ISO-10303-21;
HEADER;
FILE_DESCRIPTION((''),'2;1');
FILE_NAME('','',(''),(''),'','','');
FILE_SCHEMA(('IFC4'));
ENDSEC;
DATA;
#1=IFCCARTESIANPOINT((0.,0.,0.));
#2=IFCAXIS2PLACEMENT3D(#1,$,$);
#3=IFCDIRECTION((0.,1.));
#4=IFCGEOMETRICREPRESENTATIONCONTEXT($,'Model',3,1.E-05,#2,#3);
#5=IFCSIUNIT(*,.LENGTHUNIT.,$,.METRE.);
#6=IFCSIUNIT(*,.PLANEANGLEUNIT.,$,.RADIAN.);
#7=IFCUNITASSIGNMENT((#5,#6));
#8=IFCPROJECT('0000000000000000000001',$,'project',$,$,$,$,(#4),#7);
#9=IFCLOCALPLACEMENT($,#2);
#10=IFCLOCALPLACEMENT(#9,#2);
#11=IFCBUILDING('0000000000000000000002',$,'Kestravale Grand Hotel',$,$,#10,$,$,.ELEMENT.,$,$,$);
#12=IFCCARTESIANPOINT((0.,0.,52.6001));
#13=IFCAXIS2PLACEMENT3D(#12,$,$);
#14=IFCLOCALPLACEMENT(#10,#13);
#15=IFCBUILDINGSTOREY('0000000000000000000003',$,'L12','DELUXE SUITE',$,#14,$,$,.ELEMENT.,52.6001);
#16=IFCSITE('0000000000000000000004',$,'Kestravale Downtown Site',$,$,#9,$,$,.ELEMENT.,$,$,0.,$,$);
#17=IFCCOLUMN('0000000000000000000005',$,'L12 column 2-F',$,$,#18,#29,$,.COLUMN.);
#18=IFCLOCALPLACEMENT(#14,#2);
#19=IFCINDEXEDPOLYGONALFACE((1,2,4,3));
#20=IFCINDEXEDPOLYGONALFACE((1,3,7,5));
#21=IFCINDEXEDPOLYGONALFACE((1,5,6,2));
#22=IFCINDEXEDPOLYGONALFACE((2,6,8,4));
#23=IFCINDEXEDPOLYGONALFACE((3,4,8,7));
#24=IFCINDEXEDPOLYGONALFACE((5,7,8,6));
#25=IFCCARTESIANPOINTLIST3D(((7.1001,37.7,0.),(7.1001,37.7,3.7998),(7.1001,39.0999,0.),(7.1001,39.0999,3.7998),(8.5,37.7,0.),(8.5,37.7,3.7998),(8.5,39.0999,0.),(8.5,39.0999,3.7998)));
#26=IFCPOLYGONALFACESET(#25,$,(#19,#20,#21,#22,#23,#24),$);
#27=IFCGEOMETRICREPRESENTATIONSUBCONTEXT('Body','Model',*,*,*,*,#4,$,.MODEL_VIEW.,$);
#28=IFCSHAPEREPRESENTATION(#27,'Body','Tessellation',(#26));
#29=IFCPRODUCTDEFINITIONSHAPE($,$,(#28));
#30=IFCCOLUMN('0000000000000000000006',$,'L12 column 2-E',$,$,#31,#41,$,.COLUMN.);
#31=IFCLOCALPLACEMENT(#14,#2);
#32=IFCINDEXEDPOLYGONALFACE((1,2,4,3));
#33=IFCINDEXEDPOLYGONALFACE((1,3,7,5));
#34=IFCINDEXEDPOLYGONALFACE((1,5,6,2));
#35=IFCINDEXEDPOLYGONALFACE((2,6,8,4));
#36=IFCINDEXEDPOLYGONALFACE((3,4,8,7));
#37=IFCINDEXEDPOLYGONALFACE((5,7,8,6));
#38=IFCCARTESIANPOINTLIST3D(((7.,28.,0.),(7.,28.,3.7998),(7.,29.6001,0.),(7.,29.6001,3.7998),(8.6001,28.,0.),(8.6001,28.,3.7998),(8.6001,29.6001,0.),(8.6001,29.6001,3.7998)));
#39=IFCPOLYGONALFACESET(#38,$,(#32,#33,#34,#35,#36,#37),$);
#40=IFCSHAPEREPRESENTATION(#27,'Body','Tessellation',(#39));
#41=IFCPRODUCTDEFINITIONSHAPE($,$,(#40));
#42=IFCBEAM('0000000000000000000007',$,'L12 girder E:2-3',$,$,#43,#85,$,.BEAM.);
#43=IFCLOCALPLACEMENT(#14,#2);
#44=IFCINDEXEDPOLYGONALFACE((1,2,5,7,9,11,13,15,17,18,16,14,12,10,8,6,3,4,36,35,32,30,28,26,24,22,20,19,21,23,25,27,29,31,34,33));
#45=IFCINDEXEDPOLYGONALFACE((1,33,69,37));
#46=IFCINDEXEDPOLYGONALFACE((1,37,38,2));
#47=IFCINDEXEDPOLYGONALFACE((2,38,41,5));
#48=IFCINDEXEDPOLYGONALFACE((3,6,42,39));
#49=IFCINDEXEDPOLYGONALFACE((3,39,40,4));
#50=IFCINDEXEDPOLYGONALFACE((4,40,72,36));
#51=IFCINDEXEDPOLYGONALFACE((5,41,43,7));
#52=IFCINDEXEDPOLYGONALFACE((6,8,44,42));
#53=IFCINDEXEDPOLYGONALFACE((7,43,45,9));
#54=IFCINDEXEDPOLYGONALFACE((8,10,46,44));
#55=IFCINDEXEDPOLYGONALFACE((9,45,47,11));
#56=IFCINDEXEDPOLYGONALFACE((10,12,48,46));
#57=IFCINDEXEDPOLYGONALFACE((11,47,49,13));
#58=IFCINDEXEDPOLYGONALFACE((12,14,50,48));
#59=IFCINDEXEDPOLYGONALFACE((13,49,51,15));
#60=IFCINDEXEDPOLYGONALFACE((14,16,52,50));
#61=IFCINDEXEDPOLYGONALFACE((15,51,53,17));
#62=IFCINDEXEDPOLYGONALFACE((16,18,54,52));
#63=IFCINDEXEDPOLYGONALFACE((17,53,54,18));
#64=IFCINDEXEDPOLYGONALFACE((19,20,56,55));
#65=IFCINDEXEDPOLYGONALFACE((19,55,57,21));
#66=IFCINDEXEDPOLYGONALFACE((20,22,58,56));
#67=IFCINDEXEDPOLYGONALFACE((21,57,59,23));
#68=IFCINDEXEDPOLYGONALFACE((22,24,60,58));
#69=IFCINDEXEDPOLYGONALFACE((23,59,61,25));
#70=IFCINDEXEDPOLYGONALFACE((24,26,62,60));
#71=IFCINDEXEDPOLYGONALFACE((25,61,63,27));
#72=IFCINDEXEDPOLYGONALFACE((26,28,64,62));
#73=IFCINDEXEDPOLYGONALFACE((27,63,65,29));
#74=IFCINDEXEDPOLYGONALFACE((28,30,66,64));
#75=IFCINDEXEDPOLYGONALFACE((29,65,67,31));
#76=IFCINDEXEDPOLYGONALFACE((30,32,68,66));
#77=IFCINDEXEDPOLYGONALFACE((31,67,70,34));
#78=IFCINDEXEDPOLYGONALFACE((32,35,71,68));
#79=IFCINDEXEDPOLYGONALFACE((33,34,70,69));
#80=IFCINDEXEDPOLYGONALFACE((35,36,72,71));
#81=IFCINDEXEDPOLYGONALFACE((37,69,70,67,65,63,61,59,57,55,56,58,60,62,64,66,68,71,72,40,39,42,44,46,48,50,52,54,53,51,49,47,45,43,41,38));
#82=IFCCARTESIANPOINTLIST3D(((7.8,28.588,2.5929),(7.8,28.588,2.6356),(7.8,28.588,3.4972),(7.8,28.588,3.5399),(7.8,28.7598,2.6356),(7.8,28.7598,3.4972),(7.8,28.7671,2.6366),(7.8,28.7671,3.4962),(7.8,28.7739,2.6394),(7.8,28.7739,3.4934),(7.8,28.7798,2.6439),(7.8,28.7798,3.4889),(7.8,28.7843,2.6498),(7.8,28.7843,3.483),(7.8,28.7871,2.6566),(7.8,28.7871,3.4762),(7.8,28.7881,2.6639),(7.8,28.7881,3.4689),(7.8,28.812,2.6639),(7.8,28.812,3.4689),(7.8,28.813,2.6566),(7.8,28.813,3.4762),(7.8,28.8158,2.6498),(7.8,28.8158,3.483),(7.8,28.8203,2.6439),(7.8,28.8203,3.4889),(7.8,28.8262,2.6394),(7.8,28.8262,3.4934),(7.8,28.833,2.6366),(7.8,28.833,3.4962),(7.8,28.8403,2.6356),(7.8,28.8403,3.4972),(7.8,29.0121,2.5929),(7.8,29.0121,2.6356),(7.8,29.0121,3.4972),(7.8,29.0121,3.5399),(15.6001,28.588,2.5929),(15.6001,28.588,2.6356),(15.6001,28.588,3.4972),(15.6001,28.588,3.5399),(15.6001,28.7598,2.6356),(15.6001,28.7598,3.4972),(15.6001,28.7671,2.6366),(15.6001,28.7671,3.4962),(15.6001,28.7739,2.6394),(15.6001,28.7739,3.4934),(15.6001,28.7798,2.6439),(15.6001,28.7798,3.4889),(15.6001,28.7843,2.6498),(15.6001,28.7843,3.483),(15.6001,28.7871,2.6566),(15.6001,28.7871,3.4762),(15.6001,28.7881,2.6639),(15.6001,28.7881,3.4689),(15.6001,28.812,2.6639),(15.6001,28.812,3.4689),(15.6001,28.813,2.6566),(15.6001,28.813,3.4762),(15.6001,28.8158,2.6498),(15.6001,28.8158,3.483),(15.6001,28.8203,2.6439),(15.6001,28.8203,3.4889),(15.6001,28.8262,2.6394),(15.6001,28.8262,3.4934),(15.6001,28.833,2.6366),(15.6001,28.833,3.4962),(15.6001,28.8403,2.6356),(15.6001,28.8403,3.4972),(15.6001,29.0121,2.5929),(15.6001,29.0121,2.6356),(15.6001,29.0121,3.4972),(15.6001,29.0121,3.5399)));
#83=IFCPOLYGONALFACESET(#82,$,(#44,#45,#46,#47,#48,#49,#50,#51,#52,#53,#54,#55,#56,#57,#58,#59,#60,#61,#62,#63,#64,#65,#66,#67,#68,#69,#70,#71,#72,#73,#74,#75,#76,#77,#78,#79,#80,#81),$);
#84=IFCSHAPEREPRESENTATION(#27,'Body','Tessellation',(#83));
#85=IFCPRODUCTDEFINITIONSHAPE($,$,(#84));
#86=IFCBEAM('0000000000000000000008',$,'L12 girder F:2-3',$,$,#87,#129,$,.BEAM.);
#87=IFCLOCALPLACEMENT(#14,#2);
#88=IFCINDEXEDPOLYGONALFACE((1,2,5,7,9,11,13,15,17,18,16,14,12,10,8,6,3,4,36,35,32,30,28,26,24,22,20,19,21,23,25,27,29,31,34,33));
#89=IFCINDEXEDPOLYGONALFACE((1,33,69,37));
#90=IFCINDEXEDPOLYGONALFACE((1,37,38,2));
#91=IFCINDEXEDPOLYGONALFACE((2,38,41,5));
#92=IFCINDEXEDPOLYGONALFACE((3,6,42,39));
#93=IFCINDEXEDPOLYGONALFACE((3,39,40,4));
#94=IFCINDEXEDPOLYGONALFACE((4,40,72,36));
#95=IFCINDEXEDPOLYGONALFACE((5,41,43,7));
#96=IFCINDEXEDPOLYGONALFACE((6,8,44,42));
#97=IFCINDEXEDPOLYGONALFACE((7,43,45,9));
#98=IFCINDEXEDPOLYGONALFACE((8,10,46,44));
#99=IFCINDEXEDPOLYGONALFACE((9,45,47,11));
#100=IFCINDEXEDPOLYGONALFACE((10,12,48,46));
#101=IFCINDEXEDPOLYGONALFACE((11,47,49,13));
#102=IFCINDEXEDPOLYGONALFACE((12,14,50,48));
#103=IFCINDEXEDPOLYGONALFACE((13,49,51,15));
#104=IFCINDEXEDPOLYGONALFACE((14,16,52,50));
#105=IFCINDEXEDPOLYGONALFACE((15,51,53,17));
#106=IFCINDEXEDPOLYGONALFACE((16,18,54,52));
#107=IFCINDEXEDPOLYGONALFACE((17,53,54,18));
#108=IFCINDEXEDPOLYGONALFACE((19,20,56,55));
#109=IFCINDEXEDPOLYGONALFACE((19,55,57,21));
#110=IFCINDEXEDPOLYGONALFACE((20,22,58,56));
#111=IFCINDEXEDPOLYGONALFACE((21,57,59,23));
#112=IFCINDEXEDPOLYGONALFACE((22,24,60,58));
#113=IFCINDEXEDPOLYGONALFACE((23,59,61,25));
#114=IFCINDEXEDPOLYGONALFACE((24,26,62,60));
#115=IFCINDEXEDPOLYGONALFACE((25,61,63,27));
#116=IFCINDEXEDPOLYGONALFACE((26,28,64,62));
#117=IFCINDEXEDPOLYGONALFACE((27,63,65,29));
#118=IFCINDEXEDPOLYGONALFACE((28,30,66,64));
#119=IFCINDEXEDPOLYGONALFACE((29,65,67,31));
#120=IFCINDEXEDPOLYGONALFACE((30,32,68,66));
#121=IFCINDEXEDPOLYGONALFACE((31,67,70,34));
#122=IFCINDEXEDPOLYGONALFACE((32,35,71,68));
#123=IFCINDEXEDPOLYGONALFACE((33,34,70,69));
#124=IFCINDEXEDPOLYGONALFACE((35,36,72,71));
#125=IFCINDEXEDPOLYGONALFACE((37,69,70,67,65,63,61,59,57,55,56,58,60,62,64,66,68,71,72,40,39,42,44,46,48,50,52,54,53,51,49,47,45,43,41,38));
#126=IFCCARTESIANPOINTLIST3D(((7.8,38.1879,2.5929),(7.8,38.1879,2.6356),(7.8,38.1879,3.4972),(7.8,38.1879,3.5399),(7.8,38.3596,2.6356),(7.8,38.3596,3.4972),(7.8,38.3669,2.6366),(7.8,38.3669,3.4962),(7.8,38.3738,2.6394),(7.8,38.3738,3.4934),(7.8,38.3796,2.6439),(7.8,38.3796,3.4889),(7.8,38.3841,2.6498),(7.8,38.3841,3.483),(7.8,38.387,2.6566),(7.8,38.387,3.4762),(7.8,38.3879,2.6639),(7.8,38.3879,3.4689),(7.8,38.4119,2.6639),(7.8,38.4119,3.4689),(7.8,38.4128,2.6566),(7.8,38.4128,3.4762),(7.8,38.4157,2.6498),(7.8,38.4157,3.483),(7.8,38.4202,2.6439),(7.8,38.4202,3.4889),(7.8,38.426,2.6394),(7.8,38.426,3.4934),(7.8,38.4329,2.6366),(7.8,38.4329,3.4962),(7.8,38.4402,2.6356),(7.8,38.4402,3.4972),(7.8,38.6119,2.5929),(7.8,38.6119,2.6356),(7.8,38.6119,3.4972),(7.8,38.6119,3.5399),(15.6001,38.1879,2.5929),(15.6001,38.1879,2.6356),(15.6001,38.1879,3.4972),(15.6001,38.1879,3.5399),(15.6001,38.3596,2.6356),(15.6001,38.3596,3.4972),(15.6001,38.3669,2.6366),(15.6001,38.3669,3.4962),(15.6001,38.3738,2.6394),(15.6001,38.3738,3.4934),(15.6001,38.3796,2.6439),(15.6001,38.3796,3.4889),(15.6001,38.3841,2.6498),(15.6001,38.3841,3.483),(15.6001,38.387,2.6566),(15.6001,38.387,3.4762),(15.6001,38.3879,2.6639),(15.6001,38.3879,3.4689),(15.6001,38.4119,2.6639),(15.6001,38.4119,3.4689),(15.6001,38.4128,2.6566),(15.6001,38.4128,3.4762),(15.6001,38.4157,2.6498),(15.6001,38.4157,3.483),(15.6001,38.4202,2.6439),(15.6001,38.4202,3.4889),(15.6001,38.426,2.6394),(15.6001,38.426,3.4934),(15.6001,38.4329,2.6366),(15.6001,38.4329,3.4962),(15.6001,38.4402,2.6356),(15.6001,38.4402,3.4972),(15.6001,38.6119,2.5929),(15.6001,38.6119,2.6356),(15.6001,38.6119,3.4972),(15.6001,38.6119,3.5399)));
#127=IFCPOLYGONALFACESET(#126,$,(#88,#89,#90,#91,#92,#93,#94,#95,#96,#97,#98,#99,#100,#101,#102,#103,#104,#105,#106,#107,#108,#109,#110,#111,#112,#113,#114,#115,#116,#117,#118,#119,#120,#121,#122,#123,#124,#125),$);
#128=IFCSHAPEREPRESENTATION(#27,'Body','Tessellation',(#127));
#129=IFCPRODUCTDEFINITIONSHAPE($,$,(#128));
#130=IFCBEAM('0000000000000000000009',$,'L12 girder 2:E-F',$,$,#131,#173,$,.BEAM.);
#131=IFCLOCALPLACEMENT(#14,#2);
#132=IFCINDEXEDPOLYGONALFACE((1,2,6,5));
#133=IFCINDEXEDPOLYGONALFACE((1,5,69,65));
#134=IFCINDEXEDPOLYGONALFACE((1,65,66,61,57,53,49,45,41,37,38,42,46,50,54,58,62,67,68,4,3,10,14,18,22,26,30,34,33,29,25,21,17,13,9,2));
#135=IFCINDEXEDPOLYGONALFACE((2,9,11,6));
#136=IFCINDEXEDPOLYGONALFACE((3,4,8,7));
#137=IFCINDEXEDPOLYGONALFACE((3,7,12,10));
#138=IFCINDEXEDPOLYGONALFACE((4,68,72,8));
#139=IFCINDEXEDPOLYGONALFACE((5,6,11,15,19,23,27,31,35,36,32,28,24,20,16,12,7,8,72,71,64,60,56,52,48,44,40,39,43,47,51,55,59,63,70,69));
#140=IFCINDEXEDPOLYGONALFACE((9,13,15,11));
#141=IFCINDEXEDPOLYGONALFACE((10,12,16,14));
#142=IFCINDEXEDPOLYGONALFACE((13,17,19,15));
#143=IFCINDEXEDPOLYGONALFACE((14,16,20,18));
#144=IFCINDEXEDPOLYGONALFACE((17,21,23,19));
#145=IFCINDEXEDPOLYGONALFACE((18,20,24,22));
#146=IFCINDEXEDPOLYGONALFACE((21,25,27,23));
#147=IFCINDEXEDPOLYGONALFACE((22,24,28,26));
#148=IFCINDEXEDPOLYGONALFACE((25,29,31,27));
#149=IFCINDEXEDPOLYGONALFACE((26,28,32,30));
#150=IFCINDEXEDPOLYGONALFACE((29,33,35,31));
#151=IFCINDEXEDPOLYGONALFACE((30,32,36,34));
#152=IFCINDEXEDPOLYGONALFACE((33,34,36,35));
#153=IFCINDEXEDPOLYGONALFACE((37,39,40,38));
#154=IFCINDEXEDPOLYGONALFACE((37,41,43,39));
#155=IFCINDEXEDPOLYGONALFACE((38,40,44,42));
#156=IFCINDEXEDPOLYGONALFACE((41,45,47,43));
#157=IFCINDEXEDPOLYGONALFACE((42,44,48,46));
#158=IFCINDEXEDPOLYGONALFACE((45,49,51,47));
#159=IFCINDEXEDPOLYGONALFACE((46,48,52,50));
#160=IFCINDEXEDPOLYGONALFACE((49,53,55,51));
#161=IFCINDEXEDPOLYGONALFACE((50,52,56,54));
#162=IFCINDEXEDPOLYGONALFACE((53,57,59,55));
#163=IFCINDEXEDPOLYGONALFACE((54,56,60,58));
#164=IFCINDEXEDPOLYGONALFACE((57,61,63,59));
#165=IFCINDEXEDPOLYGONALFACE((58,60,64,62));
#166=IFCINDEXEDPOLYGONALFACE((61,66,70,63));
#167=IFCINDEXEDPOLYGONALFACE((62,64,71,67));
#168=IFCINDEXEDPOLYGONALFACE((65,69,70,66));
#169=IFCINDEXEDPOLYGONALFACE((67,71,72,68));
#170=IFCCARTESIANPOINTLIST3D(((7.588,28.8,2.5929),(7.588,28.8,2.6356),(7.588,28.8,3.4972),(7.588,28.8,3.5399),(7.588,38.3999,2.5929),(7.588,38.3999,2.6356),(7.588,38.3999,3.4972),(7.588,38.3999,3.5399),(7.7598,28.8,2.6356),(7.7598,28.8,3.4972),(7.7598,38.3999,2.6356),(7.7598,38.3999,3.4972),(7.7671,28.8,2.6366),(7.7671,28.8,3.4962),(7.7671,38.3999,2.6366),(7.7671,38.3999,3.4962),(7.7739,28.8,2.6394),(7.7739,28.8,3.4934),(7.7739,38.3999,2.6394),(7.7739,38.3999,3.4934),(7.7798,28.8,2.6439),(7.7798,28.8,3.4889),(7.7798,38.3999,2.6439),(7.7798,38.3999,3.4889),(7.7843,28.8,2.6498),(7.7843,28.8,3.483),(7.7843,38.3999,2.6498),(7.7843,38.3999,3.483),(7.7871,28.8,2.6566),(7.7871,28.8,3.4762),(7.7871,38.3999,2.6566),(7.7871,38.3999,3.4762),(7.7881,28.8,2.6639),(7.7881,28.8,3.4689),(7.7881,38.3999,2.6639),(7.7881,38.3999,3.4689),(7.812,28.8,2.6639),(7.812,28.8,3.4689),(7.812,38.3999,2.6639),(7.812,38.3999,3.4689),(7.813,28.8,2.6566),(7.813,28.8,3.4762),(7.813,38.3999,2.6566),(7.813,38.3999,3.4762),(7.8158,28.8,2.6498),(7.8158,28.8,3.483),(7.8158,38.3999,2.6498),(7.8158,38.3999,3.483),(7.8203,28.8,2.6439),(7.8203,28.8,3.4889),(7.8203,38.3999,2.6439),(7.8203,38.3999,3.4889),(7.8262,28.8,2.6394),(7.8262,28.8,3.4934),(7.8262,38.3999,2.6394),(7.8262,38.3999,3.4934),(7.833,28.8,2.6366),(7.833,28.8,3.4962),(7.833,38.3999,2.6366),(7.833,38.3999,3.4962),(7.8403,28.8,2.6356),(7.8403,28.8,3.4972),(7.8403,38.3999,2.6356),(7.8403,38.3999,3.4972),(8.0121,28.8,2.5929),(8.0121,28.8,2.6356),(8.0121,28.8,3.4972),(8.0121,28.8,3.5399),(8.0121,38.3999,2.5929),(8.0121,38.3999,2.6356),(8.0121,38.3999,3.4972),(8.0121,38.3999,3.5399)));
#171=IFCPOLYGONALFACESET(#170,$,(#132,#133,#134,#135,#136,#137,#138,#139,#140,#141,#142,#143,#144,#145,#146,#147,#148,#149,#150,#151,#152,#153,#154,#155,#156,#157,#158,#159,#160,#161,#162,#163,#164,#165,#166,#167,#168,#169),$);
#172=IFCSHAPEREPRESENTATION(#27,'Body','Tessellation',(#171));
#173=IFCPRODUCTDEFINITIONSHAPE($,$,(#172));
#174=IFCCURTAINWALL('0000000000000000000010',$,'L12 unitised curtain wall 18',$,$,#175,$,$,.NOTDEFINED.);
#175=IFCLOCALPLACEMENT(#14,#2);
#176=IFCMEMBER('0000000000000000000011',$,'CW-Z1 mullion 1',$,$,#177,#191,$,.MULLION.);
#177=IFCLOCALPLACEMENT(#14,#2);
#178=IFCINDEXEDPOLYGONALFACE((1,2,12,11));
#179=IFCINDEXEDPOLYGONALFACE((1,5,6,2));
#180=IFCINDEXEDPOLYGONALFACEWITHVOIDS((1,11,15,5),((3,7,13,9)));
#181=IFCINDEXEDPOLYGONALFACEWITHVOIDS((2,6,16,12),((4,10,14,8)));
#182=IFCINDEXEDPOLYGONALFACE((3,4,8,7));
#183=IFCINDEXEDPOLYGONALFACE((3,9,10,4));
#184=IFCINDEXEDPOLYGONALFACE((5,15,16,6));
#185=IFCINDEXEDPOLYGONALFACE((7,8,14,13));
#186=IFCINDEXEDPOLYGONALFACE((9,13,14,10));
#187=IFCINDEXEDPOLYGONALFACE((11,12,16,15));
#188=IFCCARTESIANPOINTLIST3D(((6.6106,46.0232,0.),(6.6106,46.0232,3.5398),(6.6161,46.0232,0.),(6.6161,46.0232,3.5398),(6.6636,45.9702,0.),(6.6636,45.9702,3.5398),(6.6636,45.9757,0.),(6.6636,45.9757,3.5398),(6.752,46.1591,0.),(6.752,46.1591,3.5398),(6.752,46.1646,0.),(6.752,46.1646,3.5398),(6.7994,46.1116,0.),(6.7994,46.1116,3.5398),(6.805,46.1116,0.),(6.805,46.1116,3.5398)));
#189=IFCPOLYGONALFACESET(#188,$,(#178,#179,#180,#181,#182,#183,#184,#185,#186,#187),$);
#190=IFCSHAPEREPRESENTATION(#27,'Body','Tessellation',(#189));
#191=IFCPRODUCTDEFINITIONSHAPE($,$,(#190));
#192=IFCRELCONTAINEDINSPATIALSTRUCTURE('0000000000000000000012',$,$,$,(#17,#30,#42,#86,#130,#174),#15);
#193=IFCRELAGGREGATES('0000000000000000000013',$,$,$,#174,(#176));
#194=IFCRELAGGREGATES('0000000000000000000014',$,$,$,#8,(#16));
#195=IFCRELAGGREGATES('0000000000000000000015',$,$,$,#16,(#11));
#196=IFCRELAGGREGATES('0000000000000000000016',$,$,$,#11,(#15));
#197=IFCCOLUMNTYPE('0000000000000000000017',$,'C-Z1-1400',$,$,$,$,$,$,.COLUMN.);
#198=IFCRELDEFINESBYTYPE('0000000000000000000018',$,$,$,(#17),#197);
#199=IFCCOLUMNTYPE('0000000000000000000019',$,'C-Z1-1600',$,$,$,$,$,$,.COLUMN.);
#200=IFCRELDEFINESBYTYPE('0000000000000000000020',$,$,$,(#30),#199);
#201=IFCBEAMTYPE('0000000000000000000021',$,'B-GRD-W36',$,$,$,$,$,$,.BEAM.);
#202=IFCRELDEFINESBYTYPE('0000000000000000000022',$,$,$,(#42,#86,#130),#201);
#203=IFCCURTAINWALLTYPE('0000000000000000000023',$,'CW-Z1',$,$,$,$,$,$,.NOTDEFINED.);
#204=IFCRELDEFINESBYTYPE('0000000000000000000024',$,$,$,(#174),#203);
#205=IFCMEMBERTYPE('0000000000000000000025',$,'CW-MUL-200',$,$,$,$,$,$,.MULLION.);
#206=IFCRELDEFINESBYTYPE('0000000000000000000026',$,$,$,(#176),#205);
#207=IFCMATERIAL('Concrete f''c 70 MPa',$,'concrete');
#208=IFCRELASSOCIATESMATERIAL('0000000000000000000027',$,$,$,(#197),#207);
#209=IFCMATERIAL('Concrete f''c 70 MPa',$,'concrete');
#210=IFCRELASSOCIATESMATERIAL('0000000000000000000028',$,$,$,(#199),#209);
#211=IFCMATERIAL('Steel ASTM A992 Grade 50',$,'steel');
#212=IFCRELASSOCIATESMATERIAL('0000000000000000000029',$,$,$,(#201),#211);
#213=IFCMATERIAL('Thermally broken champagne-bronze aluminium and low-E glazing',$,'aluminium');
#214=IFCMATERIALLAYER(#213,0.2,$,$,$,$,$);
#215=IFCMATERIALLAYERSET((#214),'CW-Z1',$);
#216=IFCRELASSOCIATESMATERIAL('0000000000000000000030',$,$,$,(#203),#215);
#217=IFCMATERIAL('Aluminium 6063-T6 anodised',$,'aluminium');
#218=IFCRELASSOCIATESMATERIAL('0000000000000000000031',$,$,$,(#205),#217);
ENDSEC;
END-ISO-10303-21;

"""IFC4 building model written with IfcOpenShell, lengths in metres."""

from ifc_helpers import new_model, si_unit, direction, frame, origin, origin_2d, place, context, subcontext, project, spatial, rectangle, hollow_rectangle, i_section, extrude, material, layer, layer_set, material_profile, profile_set, type_object, element, aggregate, save


model = new_model("IFC4")

# Units and contexts
model_context = context("Model", 3, precision=1e-05, world=origin(), true_north=direction((0.0, 1.0)))
body_context = subcontext(model_context, "Body", "Model", "MODEL_VIEW")
ifc_project = project(units=[si_unit("LENGTHUNIT", "METRE"), si_unit("PLANEANGLEUNIT", "RADIAN")], contexts=[model_context])

# Site, building, storey
site_placement = place(None, origin())
site = spatial("IfcSite", under=ifc_project, at=site_placement, Name="Kestravale Downtown Site", CompositionType="ELEMENT", RefElevation=0.0)
building_placement = place(site_placement, origin())
building = spatial("IfcBuilding", under=site, at=building_placement, Name="Kestravale Grand Hotel", CompositionType="ELEMENT")
storey_placement = place(building_placement, frame((0.0, 0.0, 52.6001)))
storey = spatial("IfcBuildingStorey", under=building, at=storey_placement, Name="L12", Description="DELUXE SUITE", CompositionType="ELEMENT", Elevation=52.6001)

# Columns
ifc_material_1 = material(Name="Concrete f'c 70 MPa", Category="concrete")
ifc_material_profile_1 = material_profile(ifc_material_1, rectangle(XDim=1.3999, YDim=1.3999, at=origin_2d()))
ifc_profile_set_1 = profile_set([ifc_material_profile_1], Name="Concrete f'c 70 MPa")
column_type_1 = type_object("IfcColumnType", Name="C-Z1-1400", PredefinedType="COLUMN", material=ifc_profile_set_1)
column_1_placement = place(storey_placement, frame((7.8, 38.3999, 0.0), z_axis=(0.0, 0.0, 1.0), x_axis=(1.0, 0.0, 0.0)))
element("IfcColumn", 1, at=column_1_placement, inside=storey, type_object=column_type_1, Name="L12 column 2-F", PredefinedType="COLUMN", context=body_context, shape_type="SweptSolid", body=[
    extrude(rectangle(XDim=1.3999, YDim=1.3999, at=origin_2d()), origin(), (0.0, 0.0, 1.0), 3.7998),
])
ifc_material_2 = material(Name="Concrete f'c 70 MPa", Category="concrete")
ifc_material_profile_2 = material_profile(ifc_material_2, rectangle(XDim=1.6001, YDim=1.6001, at=origin_2d()))
ifc_profile_set_2 = profile_set([ifc_material_profile_2], Name="Concrete f'c 70 MPa")
column_type_2 = type_object("IfcColumnType", Name="C-Z1-1600", PredefinedType="COLUMN", material=ifc_profile_set_2)
column_2_placement = place(storey_placement, frame((7.8, 28.8, 0.0), z_axis=(0.0, 0.0, 1.0), x_axis=(1.0, 0.0, 0.0)))
element("IfcColumn", 2, at=column_2_placement, inside=storey, type_object=column_type_2, Name="L12 column 2-E", PredefinedType="COLUMN", context=body_context, shape_type="SweptSolid", body=[
    extrude(rectangle(XDim=1.6001, YDim=1.6001, at=origin_2d()), origin(), (0.0, 0.0, 1.0), 3.7998),
])

# Beams
ifc_material_3 = material(Name="Steel ASTM A992 Grade 50", Category="steel")
ifc_material_profile_3 = material_profile(ifc_material_3, i_section(OverallWidth=0.4241, OverallDepth=0.947, WebThickness=0.0239, FlangeThickness=0.0427, FilletRadius=0.0283, at=origin_2d()))
ifc_profile_set_3 = profile_set([ifc_material_profile_3], Name="Steel ASTM A992 Grade 50")
beam_type = type_object("IfcBeamType", Name="B-GRD-W36", PredefinedType="BEAM", material=ifc_profile_set_3)
for number, where, z_axis, x_axis, name in (
    (3, (7.8, 28.8, 3.0664), (1.0, 0.0, 0.0), (0.0, 1.0, 0.0), "L12 girder E:2-3"),
    (4, (7.8, 38.3999, 3.0664), (1.0, 0.0, 0.0), (0.0, 1.0, 0.0), "L12 girder F:2-3"),
):
    element("IfcBeam", number, at=place(storey_placement, frame(where, z_axis=z_axis, x_axis=x_axis)), inside=storey, type_object=beam_type, Name=name, PredefinedType="BEAM", context=body_context, shape_type="SweptSolid", body=[
        extrude(i_section(OverallWidth=0.4241, OverallDepth=0.947, WebThickness=0.0239, FlangeThickness=0.0427, FilletRadius=0.0283, at=origin_2d()), origin(), (0.0, 0.0, 1.0), 7.8),
    ])
beam_placement = place(storey_placement, frame((7.8, 28.8, 3.0664), z_axis=(0.0, 1.0, 0.0), x_axis=(-1.0, 0.0, 0.0)))
element("IfcBeam", 5, at=beam_placement, inside=storey, type_object=beam_type, Name="L12 girder 2:E-F", PredefinedType="BEAM", context=body_context, shape_type="SweptSolid", body=[
    extrude(i_section(OverallWidth=0.4241, OverallDepth=0.947, WebThickness=0.0239, FlangeThickness=0.0427, FilletRadius=0.0283, at=origin_2d()), origin(), (0.0, 0.0, 1.0), 9.5999),
])

# Curtain wall, member
ifc_material_4 = material(Name="Thermally broken champagne-bronze aluminium and low-E glazing", Category="aluminium")
ifc_layer_1 = layer(ifc_material_4, 0.2)
ifc_layer_set_1 = layer_set([ifc_layer_1], Name="CW-Z1")
curtain_wall_type = type_object("IfcCurtainWallType", Name="CW-Z1", PredefinedType="NOTDEFINED", material=ifc_layer_set_1)
curtain_wall_placement = place(storey_placement, origin())
curtain_wall = element("IfcCurtainWall", 6, at=curtain_wall_placement, inside=storey, type_object=curtain_wall_type, Name="L12 unitised curtain wall 18", PredefinedType="NOTDEFINED")
ifc_material_5 = material(Name="Aluminium 6063-T6 anodised", Category="aluminium")
ifc_material_profile_4 = material_profile(ifc_material_5, hollow_rectangle(XDim=0.075, YDim=0.2, WallThickness=0.0039, at=origin_2d()))
ifc_profile_set_4 = profile_set([ifc_material_profile_4], Name="Aluminium 6063-T6 anodised")
member_type_1 = type_object("IfcMemberType", Name="CW-MUL-200", PredefinedType="MULLION", material=ifc_profile_set_4)
member_1_placement = place(storey_placement, frame((6.7078, 46.0674, 0.0), z_axis=(0.0, 0.0, 1.0), x_axis=(0.707107, -0.707107, 0.0)))
member_1 = element("IfcMember", 7, at=member_1_placement, type_object=member_type_1, Name="CW-Z1 mullion 1", PredefinedType="MULLION", context=body_context, shape_type="SweptSolid", body=[
    extrude(hollow_rectangle(XDim=0.075, YDim=0.2, WallThickness=0.0039, at=origin_2d()), origin(), (0.0, 0.0, 1.0), 3.5398),
])
aggregate(curtain_wall, [member_1])

save(model, "model.ifc")
